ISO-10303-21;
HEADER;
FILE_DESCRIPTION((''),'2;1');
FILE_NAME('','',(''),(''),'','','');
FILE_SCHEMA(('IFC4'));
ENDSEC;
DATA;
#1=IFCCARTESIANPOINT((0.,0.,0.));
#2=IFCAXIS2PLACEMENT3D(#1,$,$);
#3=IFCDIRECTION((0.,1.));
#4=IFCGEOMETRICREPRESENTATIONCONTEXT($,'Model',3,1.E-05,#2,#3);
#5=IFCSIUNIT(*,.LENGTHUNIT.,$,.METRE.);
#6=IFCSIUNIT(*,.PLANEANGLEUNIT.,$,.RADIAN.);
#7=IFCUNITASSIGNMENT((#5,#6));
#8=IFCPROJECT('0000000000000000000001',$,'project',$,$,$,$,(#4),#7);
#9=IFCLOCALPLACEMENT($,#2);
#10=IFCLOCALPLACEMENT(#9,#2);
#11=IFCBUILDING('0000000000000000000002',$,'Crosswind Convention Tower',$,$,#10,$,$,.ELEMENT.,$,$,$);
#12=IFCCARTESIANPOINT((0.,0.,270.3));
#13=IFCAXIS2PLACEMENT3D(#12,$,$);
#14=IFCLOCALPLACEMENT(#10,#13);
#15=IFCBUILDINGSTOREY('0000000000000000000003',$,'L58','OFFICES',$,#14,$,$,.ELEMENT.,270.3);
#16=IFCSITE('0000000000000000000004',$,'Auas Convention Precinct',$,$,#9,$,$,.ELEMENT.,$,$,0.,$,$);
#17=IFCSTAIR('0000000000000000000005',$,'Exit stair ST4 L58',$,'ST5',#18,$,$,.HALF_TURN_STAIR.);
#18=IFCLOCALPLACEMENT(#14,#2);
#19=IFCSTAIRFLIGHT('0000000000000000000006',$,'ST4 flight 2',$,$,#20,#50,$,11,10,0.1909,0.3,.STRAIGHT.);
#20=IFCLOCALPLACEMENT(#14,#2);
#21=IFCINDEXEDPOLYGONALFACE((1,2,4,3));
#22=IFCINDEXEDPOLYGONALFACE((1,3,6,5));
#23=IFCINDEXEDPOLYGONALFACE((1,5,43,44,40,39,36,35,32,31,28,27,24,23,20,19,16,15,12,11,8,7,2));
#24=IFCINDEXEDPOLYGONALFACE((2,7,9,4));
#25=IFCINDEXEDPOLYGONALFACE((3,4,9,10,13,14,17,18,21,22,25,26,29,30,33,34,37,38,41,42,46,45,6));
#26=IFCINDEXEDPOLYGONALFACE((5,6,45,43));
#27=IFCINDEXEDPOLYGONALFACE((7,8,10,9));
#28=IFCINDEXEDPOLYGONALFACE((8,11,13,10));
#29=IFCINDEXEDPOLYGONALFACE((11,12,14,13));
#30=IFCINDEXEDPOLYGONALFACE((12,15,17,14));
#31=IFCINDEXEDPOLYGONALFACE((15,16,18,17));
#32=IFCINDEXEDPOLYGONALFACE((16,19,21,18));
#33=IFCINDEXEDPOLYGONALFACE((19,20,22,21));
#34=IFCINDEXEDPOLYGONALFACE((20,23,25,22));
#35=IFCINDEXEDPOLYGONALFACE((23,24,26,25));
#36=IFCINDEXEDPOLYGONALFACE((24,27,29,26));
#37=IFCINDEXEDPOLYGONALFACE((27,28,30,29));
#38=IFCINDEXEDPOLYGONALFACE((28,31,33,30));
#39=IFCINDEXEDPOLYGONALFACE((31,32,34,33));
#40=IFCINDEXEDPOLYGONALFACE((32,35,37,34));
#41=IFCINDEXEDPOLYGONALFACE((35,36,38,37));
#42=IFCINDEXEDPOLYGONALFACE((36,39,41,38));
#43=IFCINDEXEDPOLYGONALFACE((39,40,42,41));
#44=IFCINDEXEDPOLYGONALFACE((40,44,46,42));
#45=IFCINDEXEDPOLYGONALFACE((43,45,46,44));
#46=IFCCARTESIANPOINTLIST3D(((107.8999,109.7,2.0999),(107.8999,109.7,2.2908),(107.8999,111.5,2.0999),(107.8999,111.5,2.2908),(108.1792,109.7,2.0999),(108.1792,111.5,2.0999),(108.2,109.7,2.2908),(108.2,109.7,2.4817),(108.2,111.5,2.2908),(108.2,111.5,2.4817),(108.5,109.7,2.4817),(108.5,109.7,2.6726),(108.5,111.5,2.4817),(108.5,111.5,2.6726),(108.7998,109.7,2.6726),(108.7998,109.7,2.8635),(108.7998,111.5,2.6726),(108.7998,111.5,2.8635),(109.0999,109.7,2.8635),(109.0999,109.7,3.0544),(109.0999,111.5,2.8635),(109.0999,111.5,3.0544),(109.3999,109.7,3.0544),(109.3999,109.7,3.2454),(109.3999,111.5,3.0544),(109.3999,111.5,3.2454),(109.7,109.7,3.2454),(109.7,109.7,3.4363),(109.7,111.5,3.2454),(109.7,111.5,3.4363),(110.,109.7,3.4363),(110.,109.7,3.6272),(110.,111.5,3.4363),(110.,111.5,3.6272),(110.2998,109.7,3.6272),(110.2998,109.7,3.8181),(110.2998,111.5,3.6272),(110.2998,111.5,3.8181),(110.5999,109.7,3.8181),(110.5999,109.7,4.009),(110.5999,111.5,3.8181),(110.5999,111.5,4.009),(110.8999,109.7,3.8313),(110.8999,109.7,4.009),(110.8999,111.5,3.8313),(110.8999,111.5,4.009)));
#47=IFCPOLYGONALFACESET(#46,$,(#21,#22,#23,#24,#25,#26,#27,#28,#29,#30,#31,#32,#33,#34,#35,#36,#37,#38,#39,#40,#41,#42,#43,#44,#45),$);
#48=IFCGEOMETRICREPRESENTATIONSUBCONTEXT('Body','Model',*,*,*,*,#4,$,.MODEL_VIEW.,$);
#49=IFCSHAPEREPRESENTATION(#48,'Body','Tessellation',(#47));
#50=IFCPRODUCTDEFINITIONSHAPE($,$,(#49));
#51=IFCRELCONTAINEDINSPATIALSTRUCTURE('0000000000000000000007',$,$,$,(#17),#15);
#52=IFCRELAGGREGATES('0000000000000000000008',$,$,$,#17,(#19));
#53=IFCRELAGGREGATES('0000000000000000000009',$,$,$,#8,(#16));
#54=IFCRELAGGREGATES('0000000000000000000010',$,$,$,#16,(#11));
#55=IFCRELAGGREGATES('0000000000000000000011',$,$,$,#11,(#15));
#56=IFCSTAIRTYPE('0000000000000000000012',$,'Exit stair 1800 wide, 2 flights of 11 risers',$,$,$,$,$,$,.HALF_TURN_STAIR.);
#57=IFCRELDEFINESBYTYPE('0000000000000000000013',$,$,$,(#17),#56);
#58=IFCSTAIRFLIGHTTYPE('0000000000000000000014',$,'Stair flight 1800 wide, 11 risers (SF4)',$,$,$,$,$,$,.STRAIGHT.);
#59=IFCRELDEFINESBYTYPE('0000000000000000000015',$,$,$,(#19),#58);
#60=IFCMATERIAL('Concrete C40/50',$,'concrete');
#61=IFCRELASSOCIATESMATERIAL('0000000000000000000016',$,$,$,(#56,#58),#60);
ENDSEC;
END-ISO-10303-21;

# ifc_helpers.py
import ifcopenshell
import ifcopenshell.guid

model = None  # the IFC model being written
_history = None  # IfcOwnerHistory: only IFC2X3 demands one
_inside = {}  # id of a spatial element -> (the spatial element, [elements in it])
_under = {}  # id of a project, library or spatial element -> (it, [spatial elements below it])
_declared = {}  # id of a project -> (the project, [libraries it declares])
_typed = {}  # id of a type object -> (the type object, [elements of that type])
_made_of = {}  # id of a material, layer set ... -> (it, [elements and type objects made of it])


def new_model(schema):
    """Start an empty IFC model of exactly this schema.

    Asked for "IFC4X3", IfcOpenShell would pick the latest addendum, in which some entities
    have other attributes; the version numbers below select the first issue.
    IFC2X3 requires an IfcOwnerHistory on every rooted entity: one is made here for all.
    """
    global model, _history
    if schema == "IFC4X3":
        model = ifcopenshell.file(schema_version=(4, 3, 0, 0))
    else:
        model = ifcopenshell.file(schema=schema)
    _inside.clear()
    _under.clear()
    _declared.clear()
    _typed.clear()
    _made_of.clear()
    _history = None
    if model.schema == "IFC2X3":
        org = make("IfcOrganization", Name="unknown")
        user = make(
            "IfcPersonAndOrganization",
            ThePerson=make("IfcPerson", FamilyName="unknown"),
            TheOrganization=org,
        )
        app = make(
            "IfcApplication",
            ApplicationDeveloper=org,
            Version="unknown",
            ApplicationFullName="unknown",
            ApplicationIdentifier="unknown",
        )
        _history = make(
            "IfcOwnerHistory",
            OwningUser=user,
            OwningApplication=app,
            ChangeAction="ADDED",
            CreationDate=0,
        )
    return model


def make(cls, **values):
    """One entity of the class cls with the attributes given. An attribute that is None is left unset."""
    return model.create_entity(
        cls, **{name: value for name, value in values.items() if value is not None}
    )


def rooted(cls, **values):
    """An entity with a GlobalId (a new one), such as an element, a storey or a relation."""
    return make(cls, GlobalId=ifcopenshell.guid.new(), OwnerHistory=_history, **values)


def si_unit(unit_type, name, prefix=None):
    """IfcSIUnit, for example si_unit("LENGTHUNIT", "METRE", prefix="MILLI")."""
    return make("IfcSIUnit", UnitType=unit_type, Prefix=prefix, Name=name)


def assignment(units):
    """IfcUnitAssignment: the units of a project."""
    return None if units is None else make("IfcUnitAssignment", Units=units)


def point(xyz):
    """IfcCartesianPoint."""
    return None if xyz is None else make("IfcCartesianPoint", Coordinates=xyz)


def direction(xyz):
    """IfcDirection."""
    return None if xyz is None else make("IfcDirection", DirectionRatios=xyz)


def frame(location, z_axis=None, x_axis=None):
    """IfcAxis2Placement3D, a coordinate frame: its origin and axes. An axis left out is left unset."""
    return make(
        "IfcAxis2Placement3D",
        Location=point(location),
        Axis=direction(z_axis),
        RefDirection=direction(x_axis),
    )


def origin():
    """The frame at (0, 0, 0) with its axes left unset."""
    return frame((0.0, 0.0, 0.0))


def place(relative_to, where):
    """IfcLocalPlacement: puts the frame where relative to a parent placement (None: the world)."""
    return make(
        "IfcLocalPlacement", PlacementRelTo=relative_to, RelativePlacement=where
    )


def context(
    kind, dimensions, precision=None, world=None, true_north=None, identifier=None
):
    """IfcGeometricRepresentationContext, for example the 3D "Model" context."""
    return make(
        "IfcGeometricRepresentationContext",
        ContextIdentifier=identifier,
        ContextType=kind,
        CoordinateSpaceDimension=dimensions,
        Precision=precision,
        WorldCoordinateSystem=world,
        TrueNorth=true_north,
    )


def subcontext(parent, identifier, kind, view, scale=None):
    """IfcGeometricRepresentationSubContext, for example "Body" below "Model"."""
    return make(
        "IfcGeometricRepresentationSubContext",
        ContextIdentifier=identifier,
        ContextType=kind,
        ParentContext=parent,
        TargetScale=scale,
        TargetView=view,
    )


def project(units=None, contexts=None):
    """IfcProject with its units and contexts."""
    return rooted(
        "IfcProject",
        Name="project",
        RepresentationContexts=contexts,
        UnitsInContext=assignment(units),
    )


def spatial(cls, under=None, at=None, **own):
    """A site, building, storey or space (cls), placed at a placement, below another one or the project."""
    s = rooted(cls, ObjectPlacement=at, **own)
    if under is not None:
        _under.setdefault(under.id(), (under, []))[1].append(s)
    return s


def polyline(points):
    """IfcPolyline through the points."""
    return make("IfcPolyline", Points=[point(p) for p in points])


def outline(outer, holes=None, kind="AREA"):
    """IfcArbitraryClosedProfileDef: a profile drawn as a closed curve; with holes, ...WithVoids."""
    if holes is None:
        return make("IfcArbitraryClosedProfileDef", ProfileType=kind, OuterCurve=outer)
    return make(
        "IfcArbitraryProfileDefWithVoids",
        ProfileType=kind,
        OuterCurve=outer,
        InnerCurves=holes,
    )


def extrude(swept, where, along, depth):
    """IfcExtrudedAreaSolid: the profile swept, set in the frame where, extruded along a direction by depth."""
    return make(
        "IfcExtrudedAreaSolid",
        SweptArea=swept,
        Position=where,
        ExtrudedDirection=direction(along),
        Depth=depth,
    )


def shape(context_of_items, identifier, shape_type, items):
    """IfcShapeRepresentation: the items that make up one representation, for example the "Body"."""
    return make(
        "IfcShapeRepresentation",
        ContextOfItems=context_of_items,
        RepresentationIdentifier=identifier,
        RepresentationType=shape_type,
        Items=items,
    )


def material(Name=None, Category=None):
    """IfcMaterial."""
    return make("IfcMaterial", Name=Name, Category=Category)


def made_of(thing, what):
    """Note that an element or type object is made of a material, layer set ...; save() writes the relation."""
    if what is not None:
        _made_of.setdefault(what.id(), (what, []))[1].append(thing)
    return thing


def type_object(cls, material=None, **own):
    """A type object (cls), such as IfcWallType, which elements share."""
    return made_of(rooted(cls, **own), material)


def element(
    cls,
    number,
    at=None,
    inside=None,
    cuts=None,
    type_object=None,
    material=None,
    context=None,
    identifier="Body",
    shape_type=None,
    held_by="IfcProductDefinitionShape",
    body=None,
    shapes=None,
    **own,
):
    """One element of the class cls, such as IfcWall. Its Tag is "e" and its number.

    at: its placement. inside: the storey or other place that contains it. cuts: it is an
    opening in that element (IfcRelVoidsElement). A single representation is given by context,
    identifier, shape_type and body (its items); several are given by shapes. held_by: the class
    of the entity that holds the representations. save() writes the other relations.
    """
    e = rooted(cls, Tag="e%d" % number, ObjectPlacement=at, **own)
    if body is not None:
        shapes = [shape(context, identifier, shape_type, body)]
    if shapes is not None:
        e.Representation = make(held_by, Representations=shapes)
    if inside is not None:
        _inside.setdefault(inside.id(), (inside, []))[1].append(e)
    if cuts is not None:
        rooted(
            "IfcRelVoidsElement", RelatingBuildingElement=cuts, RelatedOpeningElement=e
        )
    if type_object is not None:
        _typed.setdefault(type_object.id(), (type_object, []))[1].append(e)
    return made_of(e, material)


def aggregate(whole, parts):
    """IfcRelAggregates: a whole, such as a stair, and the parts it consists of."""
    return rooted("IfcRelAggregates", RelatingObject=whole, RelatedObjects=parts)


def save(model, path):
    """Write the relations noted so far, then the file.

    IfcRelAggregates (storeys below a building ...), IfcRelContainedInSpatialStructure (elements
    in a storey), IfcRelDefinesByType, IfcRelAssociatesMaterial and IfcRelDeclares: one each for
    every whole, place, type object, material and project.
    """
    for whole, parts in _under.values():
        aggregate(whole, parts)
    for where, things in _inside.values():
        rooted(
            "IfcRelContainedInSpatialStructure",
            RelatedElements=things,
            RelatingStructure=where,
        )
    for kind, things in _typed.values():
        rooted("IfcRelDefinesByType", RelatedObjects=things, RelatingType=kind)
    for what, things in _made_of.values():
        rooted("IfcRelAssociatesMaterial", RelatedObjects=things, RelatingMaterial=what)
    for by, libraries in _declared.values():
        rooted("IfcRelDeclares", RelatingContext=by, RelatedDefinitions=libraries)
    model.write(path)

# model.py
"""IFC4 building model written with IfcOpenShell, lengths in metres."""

from ifc_helpers import new_model, si_unit, direction, frame, origin, place, context, subcontext, project, spatial, polyline, outline, extrude, material, type_object, element, aggregate, save


model = new_model("IFC4")

# Units and contexts
model_context = context("Model", 3, precision=1e-05, world=origin(), true_north=direction((0.0, 1.0)))
body_context = subcontext(model_context, "Body", "Model", "MODEL_VIEW")
ifc_project = project(units=[si_unit("LENGTHUNIT", "METRE"), si_unit("PLANEANGLEUNIT", "RADIAN")], contexts=[model_context])

# Site, building, storey
site_placement = place(None, origin())
site = spatial("IfcSite", under=ifc_project, at=site_placement, Name="Auas Convention Precinct", CompositionType="ELEMENT", RefElevation=0.0)
building_placement = place(site_placement, origin())
building = spatial("IfcBuilding", under=site, at=building_placement, Name="Crosswind Convention Tower", CompositionType="ELEMENT")
storey_placement = place(building_placement, frame((0.0, 0.0, 270.3)))
storey = spatial("IfcBuildingStorey", under=building, at=storey_placement, Name="L58", Description="OFFICES", CompositionType="ELEMENT", Elevation=270.3)

# Stair, stair flight
ifc_material_1 = material(Name="Concrete C40/50", Category="concrete")
stair_type = type_object("IfcStairType", Name="Exit stair 1800 wide, 2 flights of 11 risers", PredefinedType="HALF_TURN_STAIR", material=ifc_material_1)
stair_placement = place(storey_placement, origin())
stair = element("IfcStair", 1, at=stair_placement, inside=storey, type_object=stair_type, Name="Exit stair ST4 L58", ObjectType="ST5", PredefinedType="HALF_TURN_STAIR")
stair_flight_type = type_object("IfcStairFlightType", Name="Stair flight 1800 wide, 11 risers (SF4)", PredefinedType="STRAIGHT", material=ifc_material_1)
stair_flight_placement = place(storey_placement, frame((107.8999, 110.6001, 2.0999), z_axis=(0.0, 0.0, 1.0), x_axis=(1.0, 0.0, 0.0)))
stair_flight = element("IfcStairFlight", 2, at=stair_flight_placement, type_object=stair_flight_type, Name="ST4 flight 2", NumberOfRisers=11, NumberOfTreads=10, PredefinedType="STRAIGHT", RiserHeight=0.1909, TreadLength=0.3, context=body_context, shape_type="SweptSolid", body=[
    extrude(outline(polyline([(0.0, 0.0), (0.0, 0.1909), (0.3, 0.1909), (0.3, 0.3818), (0.6001, 0.3818), (0.6001, 0.5728), (0.8999, 0.5728), (0.8999, 0.7637), (1.2, 0.7637), (1.2, 0.9546), (1.5, 0.9546), (1.5, 1.1455), (1.8, 1.1455), (1.8, 1.3364), (2.1001, 1.3364), (2.1001, 1.5273), (2.3999, 1.5273), (2.3999, 1.7183), (2.7, 1.7183), (2.7, 1.9092), (3.0, 1.9092), (3.0, 2.1001), (3.0, 1.7314), (0.2793, 0.0), (0.0, 0.0)])), frame((0.0, 0.8999, 0.0), z_axis=(0.0, -1.0, 0.0), x_axis=(1.0, 0.0, 0.0)), (0.0, 0.0, 1.0), 1.8),
])
aggregate(stair, [stair_flight])

save(model, "model.ifc")
